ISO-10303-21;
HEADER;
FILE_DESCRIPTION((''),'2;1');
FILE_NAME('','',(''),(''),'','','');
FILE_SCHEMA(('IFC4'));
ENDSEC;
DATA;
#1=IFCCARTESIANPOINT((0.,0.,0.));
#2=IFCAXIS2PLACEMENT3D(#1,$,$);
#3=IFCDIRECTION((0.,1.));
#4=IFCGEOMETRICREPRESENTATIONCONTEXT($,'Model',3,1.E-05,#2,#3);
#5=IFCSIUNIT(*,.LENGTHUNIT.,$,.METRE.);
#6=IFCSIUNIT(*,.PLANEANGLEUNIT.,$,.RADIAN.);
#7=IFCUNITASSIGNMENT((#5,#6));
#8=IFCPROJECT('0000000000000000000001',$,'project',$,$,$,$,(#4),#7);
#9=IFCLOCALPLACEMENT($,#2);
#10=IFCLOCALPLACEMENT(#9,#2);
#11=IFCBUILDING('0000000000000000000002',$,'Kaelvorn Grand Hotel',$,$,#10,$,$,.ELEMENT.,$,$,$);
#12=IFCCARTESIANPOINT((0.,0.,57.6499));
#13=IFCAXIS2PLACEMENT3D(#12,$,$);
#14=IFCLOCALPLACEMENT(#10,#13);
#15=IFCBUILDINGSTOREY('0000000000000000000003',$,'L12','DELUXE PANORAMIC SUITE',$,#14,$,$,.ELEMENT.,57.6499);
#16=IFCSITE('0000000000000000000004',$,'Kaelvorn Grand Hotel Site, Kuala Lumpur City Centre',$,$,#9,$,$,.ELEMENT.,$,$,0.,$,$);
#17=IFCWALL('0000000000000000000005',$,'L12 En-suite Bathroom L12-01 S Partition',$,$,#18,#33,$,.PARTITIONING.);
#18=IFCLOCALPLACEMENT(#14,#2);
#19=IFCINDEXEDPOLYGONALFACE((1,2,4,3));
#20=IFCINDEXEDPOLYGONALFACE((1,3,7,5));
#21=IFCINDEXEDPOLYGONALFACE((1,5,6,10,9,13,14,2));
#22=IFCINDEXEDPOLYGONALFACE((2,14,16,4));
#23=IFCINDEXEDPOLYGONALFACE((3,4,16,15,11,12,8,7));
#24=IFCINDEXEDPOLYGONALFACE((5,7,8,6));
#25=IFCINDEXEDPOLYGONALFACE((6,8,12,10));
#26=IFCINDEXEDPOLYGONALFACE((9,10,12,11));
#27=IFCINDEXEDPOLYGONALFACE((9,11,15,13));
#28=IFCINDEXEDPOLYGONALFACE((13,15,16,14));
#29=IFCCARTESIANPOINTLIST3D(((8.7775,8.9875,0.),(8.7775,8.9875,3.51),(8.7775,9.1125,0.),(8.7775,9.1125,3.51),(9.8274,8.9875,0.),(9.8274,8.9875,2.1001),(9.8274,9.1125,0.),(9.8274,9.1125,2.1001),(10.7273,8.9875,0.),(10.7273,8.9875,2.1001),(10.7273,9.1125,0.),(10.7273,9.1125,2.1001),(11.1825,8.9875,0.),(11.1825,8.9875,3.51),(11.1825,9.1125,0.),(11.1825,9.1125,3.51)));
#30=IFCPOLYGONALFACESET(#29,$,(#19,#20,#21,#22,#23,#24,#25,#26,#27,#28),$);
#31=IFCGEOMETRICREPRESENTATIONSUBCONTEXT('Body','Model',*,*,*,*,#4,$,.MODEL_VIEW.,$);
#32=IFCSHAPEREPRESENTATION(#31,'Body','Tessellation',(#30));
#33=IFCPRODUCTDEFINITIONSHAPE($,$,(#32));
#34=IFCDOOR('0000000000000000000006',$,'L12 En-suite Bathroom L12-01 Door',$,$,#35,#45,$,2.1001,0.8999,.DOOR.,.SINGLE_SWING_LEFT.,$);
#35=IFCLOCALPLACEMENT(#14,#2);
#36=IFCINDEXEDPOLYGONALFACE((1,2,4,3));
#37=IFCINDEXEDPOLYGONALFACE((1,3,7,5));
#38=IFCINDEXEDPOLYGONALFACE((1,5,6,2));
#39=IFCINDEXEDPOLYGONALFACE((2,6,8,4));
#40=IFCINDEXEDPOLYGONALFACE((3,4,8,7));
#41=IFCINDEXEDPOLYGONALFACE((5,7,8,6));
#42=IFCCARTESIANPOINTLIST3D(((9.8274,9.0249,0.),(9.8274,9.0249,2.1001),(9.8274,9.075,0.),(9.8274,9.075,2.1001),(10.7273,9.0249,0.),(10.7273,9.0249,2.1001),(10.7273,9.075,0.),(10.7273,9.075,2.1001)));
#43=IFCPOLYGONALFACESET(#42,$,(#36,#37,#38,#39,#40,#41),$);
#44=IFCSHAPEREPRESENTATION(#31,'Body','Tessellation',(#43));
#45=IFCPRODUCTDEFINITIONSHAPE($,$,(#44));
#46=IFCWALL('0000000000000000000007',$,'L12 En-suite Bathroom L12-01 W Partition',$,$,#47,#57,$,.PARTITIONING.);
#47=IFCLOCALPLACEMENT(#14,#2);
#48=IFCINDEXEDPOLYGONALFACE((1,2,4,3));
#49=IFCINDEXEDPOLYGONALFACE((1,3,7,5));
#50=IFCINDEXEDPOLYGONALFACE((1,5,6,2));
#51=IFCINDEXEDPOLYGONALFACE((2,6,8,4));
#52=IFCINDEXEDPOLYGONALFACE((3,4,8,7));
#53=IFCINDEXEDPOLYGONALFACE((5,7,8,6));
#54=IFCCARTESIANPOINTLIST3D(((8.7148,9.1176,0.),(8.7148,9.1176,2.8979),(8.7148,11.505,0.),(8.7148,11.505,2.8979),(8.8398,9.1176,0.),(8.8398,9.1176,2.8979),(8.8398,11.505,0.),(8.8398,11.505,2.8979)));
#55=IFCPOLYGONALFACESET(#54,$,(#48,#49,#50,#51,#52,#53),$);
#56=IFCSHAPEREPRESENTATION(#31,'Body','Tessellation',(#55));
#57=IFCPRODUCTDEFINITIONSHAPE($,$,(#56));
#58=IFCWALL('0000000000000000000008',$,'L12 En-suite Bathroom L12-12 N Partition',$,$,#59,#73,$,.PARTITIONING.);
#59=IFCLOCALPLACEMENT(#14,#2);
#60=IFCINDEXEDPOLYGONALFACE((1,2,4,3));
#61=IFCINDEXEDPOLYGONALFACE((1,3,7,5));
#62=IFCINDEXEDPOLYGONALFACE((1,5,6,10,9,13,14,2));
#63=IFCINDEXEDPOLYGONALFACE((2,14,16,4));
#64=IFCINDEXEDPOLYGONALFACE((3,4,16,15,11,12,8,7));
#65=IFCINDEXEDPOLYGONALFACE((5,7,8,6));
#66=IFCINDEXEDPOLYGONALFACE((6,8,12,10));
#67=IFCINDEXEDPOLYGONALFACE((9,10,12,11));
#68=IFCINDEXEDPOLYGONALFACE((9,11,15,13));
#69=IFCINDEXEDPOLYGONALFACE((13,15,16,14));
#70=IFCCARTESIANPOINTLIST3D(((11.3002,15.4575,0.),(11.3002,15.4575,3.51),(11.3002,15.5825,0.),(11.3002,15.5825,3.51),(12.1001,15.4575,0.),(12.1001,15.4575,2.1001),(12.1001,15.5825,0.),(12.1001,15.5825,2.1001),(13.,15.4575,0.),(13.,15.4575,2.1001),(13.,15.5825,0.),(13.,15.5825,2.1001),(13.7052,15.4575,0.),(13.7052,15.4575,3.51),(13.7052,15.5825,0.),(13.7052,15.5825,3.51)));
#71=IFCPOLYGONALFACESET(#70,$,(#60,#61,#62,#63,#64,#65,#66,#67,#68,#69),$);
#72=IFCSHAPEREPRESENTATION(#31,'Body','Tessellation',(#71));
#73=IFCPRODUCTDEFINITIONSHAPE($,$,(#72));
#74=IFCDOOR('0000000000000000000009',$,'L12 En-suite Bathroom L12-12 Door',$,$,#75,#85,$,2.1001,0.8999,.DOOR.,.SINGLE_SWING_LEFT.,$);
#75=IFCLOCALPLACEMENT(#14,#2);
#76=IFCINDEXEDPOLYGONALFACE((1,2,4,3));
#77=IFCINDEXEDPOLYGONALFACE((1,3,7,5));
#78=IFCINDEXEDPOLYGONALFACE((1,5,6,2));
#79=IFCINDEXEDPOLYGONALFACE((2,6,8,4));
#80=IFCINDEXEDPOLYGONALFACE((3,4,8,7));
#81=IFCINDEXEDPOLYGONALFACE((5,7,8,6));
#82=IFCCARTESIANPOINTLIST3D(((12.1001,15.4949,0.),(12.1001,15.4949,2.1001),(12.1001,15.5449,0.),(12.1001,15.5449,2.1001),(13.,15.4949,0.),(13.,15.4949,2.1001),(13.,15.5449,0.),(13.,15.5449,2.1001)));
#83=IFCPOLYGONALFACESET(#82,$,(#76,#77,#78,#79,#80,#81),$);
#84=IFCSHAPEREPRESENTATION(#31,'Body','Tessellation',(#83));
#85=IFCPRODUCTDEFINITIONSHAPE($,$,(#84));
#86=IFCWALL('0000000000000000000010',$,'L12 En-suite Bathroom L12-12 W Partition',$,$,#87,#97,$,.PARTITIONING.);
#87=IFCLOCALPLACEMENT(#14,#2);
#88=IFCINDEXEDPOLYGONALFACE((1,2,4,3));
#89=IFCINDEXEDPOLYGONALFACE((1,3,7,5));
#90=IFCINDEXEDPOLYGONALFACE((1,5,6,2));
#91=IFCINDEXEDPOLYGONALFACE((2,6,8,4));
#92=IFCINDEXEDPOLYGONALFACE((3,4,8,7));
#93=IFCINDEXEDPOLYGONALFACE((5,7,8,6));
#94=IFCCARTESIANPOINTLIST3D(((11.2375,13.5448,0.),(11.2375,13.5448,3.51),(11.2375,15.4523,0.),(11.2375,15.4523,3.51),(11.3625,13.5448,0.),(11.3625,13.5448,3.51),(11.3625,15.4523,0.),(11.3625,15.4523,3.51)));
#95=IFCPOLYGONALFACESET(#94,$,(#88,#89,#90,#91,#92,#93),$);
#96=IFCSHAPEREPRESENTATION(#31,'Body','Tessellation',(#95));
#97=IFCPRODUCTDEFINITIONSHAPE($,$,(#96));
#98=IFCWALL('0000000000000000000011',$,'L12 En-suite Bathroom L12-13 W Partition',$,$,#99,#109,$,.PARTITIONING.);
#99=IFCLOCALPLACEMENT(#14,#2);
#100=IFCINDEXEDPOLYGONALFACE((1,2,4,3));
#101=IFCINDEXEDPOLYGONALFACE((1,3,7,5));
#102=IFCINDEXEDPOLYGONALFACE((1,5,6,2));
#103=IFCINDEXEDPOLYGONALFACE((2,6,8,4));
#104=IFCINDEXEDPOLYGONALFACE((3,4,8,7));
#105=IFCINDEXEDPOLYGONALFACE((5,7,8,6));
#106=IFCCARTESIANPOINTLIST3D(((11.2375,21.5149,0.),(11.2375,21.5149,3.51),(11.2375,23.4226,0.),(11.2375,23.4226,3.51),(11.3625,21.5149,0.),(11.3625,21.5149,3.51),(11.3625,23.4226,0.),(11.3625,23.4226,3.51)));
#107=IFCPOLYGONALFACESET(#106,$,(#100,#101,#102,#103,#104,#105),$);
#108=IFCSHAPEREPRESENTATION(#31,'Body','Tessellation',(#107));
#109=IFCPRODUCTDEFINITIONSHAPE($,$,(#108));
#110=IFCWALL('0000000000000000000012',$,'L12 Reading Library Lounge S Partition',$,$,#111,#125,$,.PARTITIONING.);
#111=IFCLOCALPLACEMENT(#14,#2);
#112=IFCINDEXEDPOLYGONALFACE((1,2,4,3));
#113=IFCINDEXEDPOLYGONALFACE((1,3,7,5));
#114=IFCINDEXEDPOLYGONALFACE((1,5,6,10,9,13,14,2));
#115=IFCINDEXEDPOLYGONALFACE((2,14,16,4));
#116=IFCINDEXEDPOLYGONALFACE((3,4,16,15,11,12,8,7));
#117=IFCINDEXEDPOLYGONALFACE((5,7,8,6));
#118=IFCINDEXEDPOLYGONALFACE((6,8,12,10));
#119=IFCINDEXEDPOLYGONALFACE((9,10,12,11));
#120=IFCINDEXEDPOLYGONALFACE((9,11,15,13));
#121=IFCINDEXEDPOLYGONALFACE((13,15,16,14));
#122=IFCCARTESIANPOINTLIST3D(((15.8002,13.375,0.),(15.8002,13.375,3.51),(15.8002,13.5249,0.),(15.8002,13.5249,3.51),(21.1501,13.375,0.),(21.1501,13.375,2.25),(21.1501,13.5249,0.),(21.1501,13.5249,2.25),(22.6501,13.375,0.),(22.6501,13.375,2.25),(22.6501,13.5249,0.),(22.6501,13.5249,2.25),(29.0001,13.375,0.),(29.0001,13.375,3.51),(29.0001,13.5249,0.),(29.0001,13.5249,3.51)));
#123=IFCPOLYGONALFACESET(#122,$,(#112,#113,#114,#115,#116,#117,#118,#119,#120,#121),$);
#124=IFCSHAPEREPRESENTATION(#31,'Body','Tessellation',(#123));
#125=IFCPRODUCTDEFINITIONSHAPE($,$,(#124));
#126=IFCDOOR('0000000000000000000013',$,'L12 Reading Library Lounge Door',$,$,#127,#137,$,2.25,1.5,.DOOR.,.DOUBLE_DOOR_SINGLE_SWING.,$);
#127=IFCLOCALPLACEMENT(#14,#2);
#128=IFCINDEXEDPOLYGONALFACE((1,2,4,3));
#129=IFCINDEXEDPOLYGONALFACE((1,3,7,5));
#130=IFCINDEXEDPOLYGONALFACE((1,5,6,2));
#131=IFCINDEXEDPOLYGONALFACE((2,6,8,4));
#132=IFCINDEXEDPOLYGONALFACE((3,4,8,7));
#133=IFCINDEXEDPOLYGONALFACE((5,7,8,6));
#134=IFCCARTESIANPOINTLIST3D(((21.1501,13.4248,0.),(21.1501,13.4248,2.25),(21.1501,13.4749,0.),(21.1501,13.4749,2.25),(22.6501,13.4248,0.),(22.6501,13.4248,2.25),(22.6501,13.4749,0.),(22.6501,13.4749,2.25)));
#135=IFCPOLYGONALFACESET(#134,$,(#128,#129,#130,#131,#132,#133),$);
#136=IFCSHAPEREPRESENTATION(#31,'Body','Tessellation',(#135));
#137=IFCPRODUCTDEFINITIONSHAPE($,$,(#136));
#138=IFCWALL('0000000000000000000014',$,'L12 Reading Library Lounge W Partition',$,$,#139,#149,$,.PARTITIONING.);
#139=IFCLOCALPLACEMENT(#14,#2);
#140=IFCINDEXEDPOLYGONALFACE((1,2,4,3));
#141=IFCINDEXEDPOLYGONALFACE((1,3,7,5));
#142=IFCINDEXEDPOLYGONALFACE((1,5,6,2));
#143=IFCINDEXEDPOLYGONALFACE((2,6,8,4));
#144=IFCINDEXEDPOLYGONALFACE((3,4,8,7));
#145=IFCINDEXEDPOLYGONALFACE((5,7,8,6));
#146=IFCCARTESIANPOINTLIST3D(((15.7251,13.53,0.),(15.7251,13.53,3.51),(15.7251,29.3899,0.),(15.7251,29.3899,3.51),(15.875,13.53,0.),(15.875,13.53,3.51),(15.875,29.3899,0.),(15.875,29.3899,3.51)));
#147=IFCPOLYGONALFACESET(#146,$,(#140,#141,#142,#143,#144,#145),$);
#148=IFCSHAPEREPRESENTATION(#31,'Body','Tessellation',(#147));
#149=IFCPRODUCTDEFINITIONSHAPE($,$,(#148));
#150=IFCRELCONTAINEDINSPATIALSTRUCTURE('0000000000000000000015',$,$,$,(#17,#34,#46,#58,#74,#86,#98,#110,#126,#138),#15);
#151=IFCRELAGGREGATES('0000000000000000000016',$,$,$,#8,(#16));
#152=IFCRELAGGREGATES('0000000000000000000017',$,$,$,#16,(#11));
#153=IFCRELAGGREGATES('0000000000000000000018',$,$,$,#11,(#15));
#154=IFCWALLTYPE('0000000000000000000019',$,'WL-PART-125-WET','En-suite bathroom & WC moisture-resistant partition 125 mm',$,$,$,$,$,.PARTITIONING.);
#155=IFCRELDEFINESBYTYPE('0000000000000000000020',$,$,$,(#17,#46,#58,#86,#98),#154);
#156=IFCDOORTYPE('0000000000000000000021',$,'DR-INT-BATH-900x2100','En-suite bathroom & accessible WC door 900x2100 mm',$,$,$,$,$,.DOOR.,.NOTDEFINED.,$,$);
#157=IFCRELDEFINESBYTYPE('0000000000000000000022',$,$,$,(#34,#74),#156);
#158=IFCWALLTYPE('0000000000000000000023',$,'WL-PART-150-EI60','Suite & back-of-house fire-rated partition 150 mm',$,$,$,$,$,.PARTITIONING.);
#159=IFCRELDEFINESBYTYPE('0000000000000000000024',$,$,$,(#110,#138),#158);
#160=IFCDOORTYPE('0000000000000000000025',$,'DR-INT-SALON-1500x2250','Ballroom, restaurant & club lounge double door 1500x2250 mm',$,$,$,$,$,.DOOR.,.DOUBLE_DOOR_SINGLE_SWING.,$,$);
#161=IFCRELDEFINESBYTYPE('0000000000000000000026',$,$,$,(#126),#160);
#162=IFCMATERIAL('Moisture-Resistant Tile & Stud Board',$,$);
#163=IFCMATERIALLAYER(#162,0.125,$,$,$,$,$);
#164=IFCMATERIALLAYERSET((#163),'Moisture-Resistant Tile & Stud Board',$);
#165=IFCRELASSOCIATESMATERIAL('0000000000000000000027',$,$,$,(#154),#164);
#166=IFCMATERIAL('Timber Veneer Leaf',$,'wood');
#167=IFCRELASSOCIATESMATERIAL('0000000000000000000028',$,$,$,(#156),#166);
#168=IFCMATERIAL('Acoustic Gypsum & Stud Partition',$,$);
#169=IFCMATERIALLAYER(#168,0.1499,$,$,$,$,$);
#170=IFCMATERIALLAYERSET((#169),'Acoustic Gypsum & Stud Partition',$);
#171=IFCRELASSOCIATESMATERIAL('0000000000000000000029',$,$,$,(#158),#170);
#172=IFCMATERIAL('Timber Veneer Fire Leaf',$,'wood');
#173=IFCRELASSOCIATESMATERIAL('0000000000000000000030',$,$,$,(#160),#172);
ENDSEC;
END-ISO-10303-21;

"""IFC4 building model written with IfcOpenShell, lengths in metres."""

from ifc_helpers import new_model, si_unit, direction, frame, frame_2d, origin, place, context, subcontext, project, spatial, rectangle, extrude, material, layer, layer_set, type_object, element, fill, save


model = new_model("IFC4")

# Units and contexts
model_context = context("Model", 3, precision=1e-05, world=origin(), true_north=direction((0.0, 1.0)))
body_context = subcontext(model_context, "Body", "Model", "MODEL_VIEW")
ifc_project = project(units=[si_unit("LENGTHUNIT", "METRE"), si_unit("PLANEANGLEUNIT", "RADIAN")], contexts=[model_context])

# Site, building, storey
site_placement = place(None, origin())
site = spatial("IfcSite", under=ifc_project, at=site_placement, Name="Kaelvorn Grand Hotel Site, Kuala Lumpur City Centre", CompositionType="ELEMENT", RefElevation=0.0)
building_placement = place(site_placement, origin())
building = spatial("IfcBuilding", under=site, at=building_placement, Name="Kaelvorn Grand Hotel", CompositionType="ELEMENT")
storey_placement = place(building_placement, frame((0.0, 0.0, 57.6499)))
storey = spatial("IfcBuildingStorey", under=building, at=storey_placement, Name="L12", Description="DELUXE PANORAMIC SUITE", CompositionType="ELEMENT", Elevation=57.6499)

# Wall, opening, door
ifc_material_1 = material(Name="Moisture-Resistant Tile & Stud Board")
ifc_layer_1 = layer(ifc_material_1, 0.125)
ifc_layer_set_1 = layer_set([ifc_layer_1], Name="Moisture-Resistant Tile & Stud Board")
wall_type_1 = type_object("IfcWallType", Name="WL-PART-125-WET", Description="En-suite bathroom & WC moisture-resistant partition 125 mm", PredefinedType="PARTITIONING", material=ifc_layer_set_1)
wall_1_placement = place(storey_placement, frame((8.7773, 9.05, 0.0), z_axis=(0.0, 0.0, 1.0), x_axis=(1.0, 0.0, 0.0)))
wall_1 = element("IfcWall", 1, at=wall_1_placement, inside=storey, type_object=wall_type_1, Name="L12 En-suite Bathroom L12-01 S Partition", PredefinedType="PARTITIONING", context=body_context, shape_type="SweptSolid", body=[
    extrude(rectangle(XDim=2.405, YDim=0.125, at=frame_2d((1.2026, 0.0))), origin(), (0.0, 0.0, 1.0), 3.51),
])
opening_1_placement = place(wall_1_placement, frame((1.05, 0.0, 0.0)))
opening_1 = element("IfcOpeningElement", 2, at=opening_1_placement, cuts=wall_1, PredefinedType="OPENING", context=body_context, shape_type="SweptSolid", body=[
    extrude(rectangle(XDim=0.8999, YDim=2.1001, at=frame_2d((0.45, 1.05))), frame((0.0, 0.0725, 0.0), z_axis=(0.0, -1.0, 0.0), x_axis=(1.0, 0.0, 0.0)), (0.0, 0.0, 1.0), 0.145),
])
ifc_material_2 = material(Name="Timber Veneer Leaf", Category="wood")
door_type_1 = type_object("IfcDoorType", Name="DR-INT-BATH-900x2100", Description="En-suite bathroom & accessible WC door 900x2100 mm", OperationType="NOTDEFINED", PredefinedType="DOOR", material=ifc_material_2)
door_1_placement = place(opening_1_placement, origin())
door_1 = element("IfcDoor", 3, at=door_1_placement, inside=storey, type_object=door_type_1, Name="L12 En-suite Bathroom L12-01 Door", OperationType="SINGLE_SWING_LEFT", OverallHeight=2.1001, OverallWidth=0.8999, PredefinedType="DOOR", context=body_context, shape_type="SweptSolid", body=[
    extrude(rectangle(XDim=0.8999, YDim=2.1001, at=frame_2d((0.45, 1.05))), frame((0.0, 0.0249, 0.0), z_axis=(0.0, -1.0, 0.0), x_axis=(1.0, 0.0, 0.0)), (0.0, 0.0, 1.0), 0.05),
])
fill(opening_1, door_1)

# Wall
wall_2_placement = place(storey_placement, frame((8.7773, 9.1174, 0.0), z_axis=(0.0, 0.0, 1.0), x_axis=(0.0, 1.0, 0.0)))
element("IfcWall", 4, at=wall_2_placement, inside=storey, type_object=wall_type_1, Name="L12 En-suite Bathroom L12-01 W Partition", PredefinedType="PARTITIONING", context=body_context, shape_type="SweptSolid", body=[
    extrude(rectangle(XDim=2.3875, YDim=0.125, at=frame_2d((1.1938, 0.0))), origin(), (0.0, 0.0, 1.0), 2.8979),
])

# Wall, opening, door
wall_3_placement = place(storey_placement, frame((11.3, 15.52, 0.0), z_axis=(0.0, 0.0, 1.0), x_axis=(1.0, 0.0, 0.0)))
wall_3 = element("IfcWall", 5, at=wall_3_placement, inside=storey, type_object=wall_type_1, Name="L12 En-suite Bathroom L12-12 N Partition", PredefinedType="PARTITIONING", context=body_context, shape_type="SweptSolid", body=[
    extrude(rectangle(XDim=2.405, YDim=0.125, at=frame_2d((1.2026, 0.0))), origin(), (0.0, 0.0, 1.0), 3.51),
])
opening_2_placement = place(wall_3_placement, frame((0.8, 0.0, 0.0)))
opening_2 = element("IfcOpeningElement", 6, at=opening_2_placement, cuts=wall_3, PredefinedType="OPENING", context=body_context, shape_type="SweptSolid", body=[
    extrude(rectangle(XDim=0.8999, YDim=2.1001, at=frame_2d((0.45, 1.05))), frame((0.0, 0.0725, 0.0), z_axis=(0.0, -1.0, 0.0), x_axis=(1.0, 0.0, 0.0)), (0.0, 0.0, 1.0), 0.145),
])
door_2_placement = place(opening_2_placement, origin())
door_2 = element("IfcDoor", 7, at=door_2_placement, inside=storey, type_object=door_type_1, Name="L12 En-suite Bathroom L12-12 Door", OperationType="SINGLE_SWING_LEFT", OverallHeight=2.1001, OverallWidth=0.8999, PredefinedType="DOOR", context=body_context, shape_type="SweptSolid", body=[
    extrude(rectangle(XDim=0.8999, YDim=2.1001, at=frame_2d((0.45, 1.05))), frame((0.0, 0.0249, 0.0), z_axis=(0.0, -1.0, 0.0), x_axis=(1.0, 0.0, 0.0)), (0.0, 0.0, 1.0), 0.05),
])
fill(opening_2, door_2)

# Walls
wall_4_placement = place(storey_placement, frame((11.3, 13.5449, 0.0), z_axis=(0.0, 0.0, 1.0), x_axis=(0.0, 1.0, 0.0)))
element("IfcWall", 8, at=wall_4_placement, inside=storey, type_object=wall_type_1, Name="L12 En-suite Bathroom L12-12 W Partition", PredefinedType="PARTITIONING", context=body_context, shape_type="SweptSolid", body=[
    extrude(rectangle(XDim=1.9075, YDim=0.125, at=frame_2d((0.9536, 0.0))), origin(), (0.0, 0.0, 1.0), 3.51),
])
wall_5_placement = place(storey_placement, frame((11.3, 21.5149, 0.0), z_axis=(0.0, 0.0, 1.0), x_axis=(0.0, 1.0, 0.0)))
element("IfcWall", 9, at=wall_5_placement, inside=storey, type_object=wall_type_1, Name="L12 En-suite Bathroom L12-13 W Partition", PredefinedType="PARTITIONING", context=body_context, shape_type="SweptSolid", body=[
    extrude(rectangle(XDim=1.9077, YDim=0.125, at=frame_2d((0.9539, 0.0))), origin(), (0.0, 0.0, 1.0), 3.51),
])

# Wall, opening, door
ifc_material_3 = material(Name="Acoustic Gypsum & Stud Partition")
ifc_layer_2 = layer(ifc_material_3, 0.1499)
ifc_layer_set_2 = layer_set([ifc_layer_2], Name="Acoustic Gypsum & Stud Partition")
wall_type_2 = type_object("IfcWallType", Name="WL-PART-150-EI60", Description="Suite & back-of-house fire-rated partition 150 mm", PredefinedType="PARTITIONING", material=ifc_layer_set_2)
wall_6_placement = place(storey_placement, frame((15.8, 13.45, 0.0), z_axis=(0.0, 0.0, 1.0), x_axis=(1.0, 0.0, 0.0)))
wall_6 = element("IfcWall", 10, at=wall_6_placement, inside=storey, type_object=wall_type_2, Name="L12 Reading Library Lounge S Partition", PredefinedType="PARTITIONING", context=body_context, shape_type="SweptSolid", body=[
    extrude(rectangle(XDim=13.2, YDim=0.1499, at=frame_2d((6.6001, 0.0))), origin(), (0.0, 0.0, 1.0), 3.51),
])
opening_3_placement = place(wall_6_placement, frame((5.3501, 0.0, 0.0)))
opening_3 = element("IfcOpeningElement", 11, at=opening_3_placement, cuts=wall_6, PredefinedType="OPENING", context=body_context, shape_type="SweptSolid", body=[
    extrude(rectangle(XDim=1.5, YDim=2.25, at=frame_2d((0.75, 1.125))), frame((0.0, 0.085, 0.0), z_axis=(0.0, -1.0, 0.0), x_axis=(1.0, 0.0, 0.0)), (0.0, 0.0, 1.0), 0.1699),
])
ifc_material_4 = material(Name="Timber Veneer Fire Leaf", Category="wood")
door_type_2 = type_object("IfcDoorType", Name="DR-INT-SALON-1500x2250", Description="Ballroom, restaurant & club lounge double door 1500x2250 mm", OperationType="DOUBLE_DOOR_SINGLE_SWING", PredefinedType="DOOR", material=ifc_material_4)
door_3_placement = place(opening_3_placement, origin())
door_3 = element("IfcDoor", 12, at=door_3_placement, inside=storey, type_object=door_type_2, Name="L12 Reading Library Lounge Door", OperationType="DOUBLE_DOOR_SINGLE_SWING", OverallHeight=2.25, OverallWidth=1.5, PredefinedType="DOOR", context=body_context, shape_type="SweptSolid", body=[
    extrude(rectangle(XDim=1.5, YDim=2.25, at=frame_2d((0.75, 1.125))), frame((0.0, 0.0249, 0.0), z_axis=(0.0, -1.0, 0.0), x_axis=(1.0, 0.0, 0.0)), (0.0, 0.0, 1.0), 0.05),
])
fill(opening_3, door_3)

# Wall
wall_7_placement = place(storey_placement, frame((15.8, 13.53, 0.0), z_axis=(0.0, 0.0, 1.0), x_axis=(0.0, 1.0, 0.0)))
element("IfcWall", 13, at=wall_7_placement, inside=storey, type_object=wall_type_2, Name="L12 Reading Library Lounge W Partition", PredefinedType="PARTITIONING", context=body_context, shape_type="SweptSolid", body=[
    extrude(rectangle(XDim=15.8599, YDim=0.1499, at=frame_2d((7.9299, 0.0))), origin(), (0.0, 0.0, 1.0), 3.51),
])

save(model, "model.ifc")
